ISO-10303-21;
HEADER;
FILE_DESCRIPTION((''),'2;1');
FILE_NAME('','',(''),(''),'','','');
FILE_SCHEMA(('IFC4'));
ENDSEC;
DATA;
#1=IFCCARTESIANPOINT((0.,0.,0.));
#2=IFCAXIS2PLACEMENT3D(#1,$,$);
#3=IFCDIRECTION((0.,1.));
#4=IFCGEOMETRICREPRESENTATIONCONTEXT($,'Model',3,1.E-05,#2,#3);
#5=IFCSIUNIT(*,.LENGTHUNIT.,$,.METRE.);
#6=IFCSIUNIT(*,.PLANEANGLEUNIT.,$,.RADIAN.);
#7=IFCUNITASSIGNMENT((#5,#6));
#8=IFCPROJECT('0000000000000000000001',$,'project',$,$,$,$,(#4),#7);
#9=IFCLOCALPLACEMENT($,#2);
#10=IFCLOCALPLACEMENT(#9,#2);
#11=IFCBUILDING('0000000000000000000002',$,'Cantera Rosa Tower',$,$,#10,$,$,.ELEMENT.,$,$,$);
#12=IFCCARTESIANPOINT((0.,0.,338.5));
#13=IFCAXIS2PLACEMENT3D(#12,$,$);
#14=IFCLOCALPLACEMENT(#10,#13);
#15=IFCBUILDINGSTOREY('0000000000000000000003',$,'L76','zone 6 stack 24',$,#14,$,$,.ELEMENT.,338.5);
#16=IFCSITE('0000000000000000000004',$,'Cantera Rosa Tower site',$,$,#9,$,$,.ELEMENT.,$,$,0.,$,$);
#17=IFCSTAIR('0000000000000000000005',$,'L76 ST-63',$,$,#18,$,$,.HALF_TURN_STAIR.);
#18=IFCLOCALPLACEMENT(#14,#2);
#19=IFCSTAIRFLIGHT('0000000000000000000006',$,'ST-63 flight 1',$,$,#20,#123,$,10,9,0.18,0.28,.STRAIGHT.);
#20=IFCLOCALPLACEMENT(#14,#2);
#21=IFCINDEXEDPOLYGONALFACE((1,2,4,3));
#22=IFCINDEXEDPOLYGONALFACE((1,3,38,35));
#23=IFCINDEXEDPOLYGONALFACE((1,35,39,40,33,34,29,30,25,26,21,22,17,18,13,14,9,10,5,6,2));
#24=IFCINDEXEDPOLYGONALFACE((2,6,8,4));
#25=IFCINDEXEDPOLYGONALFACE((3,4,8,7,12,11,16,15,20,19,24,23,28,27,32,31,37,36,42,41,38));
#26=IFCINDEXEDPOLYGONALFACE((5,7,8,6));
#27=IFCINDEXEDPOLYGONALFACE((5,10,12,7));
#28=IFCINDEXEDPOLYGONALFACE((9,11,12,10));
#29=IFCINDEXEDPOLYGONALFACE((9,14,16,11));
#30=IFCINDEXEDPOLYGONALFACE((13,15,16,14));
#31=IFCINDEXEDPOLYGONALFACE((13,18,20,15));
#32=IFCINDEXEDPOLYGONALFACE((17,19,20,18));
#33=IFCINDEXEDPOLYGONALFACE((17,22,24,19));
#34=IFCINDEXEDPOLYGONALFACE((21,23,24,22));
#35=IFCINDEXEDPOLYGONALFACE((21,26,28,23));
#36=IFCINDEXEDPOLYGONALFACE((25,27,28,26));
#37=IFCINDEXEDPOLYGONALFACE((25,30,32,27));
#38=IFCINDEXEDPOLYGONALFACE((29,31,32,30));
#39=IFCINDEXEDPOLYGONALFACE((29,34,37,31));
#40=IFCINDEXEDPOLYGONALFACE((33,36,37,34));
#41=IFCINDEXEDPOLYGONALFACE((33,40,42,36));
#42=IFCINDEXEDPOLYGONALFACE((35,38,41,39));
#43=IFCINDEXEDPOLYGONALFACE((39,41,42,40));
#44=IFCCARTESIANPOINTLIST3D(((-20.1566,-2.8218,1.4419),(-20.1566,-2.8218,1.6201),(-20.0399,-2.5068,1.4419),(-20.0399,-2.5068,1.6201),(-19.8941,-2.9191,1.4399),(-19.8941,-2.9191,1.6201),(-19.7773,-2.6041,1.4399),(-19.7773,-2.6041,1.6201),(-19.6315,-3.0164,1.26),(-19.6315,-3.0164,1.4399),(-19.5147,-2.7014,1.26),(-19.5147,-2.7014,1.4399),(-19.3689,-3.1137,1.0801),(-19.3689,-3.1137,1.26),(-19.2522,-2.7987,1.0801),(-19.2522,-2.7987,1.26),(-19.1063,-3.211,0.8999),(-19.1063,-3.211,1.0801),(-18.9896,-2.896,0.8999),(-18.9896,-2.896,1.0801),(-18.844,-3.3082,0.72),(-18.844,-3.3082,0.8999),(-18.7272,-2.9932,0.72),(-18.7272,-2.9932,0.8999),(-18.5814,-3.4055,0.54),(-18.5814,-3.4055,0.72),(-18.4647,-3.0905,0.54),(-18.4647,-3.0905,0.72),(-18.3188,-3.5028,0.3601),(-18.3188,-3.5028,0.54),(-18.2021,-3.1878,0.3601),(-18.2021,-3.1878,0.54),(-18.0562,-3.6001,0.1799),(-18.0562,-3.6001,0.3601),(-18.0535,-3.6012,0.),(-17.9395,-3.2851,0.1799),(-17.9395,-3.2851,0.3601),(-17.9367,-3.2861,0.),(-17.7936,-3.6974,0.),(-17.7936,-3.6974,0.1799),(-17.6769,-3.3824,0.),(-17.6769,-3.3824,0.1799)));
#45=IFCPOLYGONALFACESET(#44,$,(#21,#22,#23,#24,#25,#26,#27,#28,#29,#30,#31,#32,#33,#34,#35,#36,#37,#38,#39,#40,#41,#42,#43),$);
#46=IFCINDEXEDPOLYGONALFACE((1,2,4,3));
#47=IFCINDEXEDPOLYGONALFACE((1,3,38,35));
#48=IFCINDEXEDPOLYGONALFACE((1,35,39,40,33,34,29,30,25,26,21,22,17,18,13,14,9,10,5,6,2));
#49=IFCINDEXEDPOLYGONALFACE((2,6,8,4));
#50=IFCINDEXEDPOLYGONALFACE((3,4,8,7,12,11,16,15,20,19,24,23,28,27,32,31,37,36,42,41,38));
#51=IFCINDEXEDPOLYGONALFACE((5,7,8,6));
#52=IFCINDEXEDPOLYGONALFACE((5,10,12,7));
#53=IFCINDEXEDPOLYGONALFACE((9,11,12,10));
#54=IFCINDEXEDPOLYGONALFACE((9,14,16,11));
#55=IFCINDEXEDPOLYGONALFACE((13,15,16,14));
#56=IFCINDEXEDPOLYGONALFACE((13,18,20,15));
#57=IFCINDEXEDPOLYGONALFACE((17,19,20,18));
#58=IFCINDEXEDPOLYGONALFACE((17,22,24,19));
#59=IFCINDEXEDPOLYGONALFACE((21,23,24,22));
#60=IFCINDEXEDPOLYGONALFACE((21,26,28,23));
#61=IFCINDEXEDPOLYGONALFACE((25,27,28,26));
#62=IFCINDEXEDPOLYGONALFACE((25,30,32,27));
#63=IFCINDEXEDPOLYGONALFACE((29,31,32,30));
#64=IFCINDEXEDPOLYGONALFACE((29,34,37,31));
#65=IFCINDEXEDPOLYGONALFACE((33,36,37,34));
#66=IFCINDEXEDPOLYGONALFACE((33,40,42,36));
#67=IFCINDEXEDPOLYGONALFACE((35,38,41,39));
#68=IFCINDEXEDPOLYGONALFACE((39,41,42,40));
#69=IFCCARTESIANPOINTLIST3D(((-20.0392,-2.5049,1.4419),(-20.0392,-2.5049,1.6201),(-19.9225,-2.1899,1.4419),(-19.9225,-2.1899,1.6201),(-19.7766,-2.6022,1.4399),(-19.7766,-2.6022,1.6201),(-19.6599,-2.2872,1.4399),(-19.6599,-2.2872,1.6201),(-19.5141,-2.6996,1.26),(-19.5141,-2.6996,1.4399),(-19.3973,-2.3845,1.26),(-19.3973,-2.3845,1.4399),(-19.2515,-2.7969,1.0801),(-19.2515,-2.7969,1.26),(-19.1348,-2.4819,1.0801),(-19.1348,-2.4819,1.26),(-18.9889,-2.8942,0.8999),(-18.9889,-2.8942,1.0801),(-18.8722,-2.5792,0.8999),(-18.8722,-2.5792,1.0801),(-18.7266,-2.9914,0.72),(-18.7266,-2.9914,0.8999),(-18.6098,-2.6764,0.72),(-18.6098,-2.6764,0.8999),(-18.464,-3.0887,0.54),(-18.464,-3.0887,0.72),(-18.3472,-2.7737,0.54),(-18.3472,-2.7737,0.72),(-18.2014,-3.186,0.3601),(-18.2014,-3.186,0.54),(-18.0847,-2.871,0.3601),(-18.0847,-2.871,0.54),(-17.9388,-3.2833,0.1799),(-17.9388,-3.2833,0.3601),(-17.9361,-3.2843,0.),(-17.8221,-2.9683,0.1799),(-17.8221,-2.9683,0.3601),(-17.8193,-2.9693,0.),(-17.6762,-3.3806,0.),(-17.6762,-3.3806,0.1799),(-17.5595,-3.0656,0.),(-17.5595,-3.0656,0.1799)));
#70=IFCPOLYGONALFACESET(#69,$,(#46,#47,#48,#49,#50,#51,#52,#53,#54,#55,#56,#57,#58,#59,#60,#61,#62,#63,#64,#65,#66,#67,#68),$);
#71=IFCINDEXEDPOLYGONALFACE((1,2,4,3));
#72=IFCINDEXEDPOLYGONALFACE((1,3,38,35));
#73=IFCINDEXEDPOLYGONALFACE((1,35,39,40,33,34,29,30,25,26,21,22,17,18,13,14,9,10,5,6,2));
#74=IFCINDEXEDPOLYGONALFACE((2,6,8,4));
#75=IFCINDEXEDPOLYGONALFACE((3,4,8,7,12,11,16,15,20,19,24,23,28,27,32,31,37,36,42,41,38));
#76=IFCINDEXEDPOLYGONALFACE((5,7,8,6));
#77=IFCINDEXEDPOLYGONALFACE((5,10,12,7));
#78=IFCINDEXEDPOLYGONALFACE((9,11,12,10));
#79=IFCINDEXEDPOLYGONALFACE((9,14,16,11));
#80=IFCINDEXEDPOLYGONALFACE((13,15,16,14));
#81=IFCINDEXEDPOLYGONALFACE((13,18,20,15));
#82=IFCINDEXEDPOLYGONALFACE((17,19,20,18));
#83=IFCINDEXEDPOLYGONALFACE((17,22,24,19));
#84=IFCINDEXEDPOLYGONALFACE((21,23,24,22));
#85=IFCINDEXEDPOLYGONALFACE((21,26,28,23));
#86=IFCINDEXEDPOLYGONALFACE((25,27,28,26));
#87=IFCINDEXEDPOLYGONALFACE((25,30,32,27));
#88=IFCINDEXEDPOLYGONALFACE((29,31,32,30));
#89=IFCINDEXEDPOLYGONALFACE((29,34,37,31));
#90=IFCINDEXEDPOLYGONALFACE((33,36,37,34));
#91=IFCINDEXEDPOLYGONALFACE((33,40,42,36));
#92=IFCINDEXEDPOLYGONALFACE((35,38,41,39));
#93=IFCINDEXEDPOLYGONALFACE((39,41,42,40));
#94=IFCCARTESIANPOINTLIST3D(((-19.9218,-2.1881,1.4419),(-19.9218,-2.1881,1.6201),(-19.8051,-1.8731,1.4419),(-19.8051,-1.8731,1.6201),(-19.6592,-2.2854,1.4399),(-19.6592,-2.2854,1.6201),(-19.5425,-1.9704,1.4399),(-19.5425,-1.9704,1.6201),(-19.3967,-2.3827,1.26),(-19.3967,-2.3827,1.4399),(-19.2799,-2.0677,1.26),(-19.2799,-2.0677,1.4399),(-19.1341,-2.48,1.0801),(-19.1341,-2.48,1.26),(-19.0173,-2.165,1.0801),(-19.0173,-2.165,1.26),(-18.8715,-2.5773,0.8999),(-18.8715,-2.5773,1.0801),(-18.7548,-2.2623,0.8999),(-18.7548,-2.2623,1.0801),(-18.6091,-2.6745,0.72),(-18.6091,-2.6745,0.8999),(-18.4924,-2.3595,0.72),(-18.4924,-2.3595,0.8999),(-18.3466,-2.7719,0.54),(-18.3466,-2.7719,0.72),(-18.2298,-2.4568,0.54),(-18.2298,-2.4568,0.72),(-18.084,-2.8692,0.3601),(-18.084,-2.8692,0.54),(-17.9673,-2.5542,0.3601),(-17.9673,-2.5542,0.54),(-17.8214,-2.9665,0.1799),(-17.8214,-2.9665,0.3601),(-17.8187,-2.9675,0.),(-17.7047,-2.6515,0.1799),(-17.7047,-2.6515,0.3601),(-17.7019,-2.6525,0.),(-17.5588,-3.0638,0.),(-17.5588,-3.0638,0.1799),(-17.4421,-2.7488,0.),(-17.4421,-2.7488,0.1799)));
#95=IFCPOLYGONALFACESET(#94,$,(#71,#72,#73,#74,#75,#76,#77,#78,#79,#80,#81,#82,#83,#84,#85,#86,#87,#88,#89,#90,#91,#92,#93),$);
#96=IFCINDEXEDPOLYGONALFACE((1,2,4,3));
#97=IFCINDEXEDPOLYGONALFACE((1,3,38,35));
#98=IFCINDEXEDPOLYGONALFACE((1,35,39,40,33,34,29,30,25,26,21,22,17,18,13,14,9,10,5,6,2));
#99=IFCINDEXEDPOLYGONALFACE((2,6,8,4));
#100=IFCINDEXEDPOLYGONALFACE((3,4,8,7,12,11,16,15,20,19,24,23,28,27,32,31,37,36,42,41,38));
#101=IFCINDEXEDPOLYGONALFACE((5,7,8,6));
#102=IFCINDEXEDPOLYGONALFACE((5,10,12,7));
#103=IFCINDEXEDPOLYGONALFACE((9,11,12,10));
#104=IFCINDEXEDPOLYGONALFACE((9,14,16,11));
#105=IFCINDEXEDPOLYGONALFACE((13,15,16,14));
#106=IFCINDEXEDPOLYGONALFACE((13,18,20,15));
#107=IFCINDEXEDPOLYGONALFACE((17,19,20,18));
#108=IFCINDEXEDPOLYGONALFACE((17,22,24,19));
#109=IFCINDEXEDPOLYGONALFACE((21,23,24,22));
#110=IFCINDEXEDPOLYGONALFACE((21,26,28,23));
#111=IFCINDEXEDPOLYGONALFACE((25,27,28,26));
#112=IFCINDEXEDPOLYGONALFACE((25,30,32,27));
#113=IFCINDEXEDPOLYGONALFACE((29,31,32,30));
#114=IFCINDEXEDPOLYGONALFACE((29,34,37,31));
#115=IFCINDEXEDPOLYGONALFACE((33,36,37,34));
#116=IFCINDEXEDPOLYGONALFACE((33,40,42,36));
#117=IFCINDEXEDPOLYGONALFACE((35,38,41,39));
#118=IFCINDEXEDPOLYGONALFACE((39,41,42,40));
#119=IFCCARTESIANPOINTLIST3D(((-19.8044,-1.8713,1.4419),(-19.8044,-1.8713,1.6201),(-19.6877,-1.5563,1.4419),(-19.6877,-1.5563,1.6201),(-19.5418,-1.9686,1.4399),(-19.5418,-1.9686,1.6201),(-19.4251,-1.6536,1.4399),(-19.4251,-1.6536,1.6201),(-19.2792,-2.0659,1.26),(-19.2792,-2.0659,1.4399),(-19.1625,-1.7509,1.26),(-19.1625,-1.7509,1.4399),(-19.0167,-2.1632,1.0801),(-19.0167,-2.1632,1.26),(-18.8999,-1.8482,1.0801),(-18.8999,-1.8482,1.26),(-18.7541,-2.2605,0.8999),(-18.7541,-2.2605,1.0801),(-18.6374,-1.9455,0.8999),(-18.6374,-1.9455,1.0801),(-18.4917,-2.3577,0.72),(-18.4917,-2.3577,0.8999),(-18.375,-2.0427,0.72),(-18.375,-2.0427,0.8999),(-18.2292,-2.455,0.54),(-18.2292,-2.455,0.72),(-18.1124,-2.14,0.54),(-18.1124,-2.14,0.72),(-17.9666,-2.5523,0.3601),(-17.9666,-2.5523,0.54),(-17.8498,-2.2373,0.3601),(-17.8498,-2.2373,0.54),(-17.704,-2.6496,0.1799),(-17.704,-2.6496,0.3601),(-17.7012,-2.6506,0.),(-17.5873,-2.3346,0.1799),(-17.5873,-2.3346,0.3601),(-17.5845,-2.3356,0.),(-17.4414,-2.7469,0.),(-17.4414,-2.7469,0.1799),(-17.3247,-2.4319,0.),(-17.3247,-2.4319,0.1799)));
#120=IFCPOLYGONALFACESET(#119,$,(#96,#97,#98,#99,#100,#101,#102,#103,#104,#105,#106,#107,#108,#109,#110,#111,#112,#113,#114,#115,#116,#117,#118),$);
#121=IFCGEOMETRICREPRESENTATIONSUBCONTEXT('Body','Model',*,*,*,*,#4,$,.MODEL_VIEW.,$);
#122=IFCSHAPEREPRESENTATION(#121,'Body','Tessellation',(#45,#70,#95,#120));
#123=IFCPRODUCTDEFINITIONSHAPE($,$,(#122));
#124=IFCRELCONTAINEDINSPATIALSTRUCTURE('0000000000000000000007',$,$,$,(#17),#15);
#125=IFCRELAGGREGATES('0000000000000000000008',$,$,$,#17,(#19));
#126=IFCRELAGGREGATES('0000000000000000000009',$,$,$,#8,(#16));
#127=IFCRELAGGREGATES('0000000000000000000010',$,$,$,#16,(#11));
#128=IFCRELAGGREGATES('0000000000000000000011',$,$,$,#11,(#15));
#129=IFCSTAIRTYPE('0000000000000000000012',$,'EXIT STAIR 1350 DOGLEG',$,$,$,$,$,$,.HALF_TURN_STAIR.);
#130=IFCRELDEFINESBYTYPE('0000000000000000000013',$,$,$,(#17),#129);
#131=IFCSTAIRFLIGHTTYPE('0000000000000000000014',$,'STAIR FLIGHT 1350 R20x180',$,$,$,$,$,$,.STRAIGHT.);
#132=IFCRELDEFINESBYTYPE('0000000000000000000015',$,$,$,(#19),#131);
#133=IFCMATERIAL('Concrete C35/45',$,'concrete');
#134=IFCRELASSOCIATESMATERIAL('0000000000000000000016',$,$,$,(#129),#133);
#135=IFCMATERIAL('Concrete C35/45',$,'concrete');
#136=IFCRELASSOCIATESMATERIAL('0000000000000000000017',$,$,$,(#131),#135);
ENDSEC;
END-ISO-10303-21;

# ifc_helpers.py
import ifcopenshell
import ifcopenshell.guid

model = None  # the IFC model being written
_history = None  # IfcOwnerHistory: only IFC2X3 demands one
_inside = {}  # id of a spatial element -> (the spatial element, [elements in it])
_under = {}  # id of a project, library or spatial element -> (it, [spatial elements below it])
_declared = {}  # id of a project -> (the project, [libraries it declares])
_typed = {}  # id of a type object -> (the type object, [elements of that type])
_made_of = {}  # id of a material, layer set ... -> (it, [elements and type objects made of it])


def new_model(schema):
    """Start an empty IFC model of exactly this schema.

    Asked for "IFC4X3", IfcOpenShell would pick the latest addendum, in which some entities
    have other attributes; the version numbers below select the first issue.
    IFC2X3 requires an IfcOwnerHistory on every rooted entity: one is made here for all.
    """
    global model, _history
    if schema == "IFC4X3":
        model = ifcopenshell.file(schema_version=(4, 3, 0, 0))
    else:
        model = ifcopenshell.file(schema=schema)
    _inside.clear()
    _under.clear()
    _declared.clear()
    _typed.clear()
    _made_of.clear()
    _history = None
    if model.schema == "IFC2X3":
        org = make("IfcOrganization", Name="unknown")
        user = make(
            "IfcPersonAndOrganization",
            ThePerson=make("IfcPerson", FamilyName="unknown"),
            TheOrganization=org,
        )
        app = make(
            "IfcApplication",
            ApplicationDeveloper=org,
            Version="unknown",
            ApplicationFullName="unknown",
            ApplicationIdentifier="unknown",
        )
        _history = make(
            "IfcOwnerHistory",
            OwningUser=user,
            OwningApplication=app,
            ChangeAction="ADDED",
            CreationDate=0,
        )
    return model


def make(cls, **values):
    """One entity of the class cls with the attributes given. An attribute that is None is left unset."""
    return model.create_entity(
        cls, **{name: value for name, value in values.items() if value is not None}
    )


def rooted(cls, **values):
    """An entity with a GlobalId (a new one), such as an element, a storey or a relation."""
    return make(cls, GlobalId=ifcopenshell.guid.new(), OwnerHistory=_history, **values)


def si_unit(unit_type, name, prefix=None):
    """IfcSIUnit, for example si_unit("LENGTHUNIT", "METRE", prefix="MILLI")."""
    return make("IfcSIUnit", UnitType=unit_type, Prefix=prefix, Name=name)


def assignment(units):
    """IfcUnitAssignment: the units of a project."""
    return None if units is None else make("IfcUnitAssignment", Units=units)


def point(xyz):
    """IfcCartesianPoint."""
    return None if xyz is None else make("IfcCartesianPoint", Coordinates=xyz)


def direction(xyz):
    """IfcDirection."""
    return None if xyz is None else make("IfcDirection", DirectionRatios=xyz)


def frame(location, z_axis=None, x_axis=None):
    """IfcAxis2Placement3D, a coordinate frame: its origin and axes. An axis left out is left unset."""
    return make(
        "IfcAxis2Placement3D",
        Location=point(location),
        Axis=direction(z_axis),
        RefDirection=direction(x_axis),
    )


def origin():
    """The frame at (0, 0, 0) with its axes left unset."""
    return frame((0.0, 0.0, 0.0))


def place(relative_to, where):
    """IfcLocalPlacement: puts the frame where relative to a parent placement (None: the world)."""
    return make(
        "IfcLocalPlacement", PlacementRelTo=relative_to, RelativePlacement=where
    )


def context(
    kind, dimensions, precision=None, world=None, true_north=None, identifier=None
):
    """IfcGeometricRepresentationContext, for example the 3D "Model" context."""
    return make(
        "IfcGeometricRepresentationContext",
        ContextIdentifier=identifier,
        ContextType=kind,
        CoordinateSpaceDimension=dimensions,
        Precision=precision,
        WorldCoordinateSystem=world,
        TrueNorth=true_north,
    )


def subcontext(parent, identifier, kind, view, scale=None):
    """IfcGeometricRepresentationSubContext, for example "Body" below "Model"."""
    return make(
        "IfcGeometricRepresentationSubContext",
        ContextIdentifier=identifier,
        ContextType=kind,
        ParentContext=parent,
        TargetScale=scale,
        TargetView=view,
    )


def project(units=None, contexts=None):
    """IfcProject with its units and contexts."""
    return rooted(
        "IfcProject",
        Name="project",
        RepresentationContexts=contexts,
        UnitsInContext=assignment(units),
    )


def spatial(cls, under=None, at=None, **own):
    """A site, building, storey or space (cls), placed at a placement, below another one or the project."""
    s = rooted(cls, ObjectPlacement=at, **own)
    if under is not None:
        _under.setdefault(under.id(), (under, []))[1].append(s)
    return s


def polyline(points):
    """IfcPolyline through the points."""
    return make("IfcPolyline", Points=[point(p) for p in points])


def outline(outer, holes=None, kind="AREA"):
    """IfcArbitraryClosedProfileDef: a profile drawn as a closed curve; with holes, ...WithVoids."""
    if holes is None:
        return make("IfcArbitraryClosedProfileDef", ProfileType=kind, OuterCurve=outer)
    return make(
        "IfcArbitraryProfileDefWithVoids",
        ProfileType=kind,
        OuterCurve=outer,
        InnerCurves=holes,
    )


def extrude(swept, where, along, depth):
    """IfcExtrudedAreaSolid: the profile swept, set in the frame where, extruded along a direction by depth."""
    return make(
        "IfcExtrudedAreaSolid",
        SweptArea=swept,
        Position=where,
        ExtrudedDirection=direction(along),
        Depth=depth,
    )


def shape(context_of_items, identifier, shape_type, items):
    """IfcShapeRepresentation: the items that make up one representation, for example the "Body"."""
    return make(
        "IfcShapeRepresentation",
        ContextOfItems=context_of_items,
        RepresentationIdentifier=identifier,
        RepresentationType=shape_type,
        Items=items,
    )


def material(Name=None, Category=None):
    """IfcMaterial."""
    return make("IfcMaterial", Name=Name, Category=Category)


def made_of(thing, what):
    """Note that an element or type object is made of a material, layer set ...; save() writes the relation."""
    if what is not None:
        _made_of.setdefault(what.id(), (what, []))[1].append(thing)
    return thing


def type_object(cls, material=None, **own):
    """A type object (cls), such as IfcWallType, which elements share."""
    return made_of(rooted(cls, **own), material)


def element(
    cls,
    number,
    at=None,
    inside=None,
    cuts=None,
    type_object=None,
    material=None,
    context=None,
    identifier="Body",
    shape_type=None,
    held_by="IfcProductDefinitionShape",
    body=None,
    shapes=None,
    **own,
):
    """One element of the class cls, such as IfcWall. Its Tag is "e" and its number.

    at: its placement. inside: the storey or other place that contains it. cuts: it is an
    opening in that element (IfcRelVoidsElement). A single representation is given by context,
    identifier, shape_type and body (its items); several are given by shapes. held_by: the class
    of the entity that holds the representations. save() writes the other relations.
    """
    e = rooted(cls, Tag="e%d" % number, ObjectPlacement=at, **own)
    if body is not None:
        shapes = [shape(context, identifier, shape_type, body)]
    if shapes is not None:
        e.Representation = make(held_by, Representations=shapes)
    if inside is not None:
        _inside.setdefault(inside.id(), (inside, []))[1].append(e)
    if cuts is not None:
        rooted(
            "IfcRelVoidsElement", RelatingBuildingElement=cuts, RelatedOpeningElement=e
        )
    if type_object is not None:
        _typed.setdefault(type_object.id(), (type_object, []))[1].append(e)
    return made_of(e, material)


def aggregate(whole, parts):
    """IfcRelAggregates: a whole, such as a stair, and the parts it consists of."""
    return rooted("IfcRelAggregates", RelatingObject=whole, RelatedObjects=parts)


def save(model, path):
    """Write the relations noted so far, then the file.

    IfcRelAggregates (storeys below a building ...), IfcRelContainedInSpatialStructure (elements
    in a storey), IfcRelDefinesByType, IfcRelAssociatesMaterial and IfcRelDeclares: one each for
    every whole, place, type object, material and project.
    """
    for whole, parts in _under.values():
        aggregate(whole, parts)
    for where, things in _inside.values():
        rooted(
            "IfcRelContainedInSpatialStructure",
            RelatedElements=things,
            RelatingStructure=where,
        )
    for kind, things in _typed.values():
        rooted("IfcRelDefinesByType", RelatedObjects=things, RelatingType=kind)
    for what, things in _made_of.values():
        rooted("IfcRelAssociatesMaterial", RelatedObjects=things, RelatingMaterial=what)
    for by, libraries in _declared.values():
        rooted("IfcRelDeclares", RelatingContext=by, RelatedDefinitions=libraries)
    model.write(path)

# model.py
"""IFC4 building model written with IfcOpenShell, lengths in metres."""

from ifc_helpers import new_model, si_unit, direction, frame, origin, place, context, subcontext, project, spatial, polyline, outline, extrude, material, type_object, element, aggregate, save


model = new_model("IFC4")

# Units and contexts
model_context = context("Model", 3, precision=1e-05, world=origin(), true_north=direction((0.0, 1.0)))
body_context = subcontext(model_context, "Body", "Model", "MODEL_VIEW")
ifc_project = project(units=[si_unit("LENGTHUNIT", "METRE"), si_unit("PLANEANGLEUNIT", "RADIAN")], contexts=[model_context])

# Site, building, storey
site_placement = place(None, origin())
site = spatial("IfcSite", under=ifc_project, at=site_placement, Name="Cantera Rosa Tower site", CompositionType="ELEMENT", RefElevation=0.0)
building_placement = place(site_placement, origin())
building = spatial("IfcBuilding", under=site, at=building_placement, Name="Cantera Rosa Tower", CompositionType="ELEMENT")
storey_placement = place(building_placement, frame((0.0, 0.0, 338.5)))
storey = spatial("IfcBuildingStorey", under=building, at=storey_placement, Name="L76", Description="zone 6 stack 24", CompositionType="ELEMENT", Elevation=338.5)

# Stair, stair flight
ifc_material_1 = material(Name="Concrete C35/45", Category="concrete")
stair_type = type_object("IfcStairType", Name="EXIT STAIR 1350 DOGLEG", PredefinedType="HALF_TURN_STAIR", material=ifc_material_1)
stair_placement = place(storey_placement, origin())
stair = element("IfcStair", 1, at=stair_placement, inside=storey, type_object=stair_type, Name="L76 ST-63", PredefinedType="HALF_TURN_STAIR")
ifc_material_2 = material(Name="Concrete C35/45", Category="concrete")
stair_flight_type = type_object("IfcStairFlightType", Name="STAIR FLIGHT 1350 R20x180", PredefinedType="STRAIGHT", material=ifc_material_2)
stair_flight_1_placement = place(storey_placement, frame((-17.5591, -3.0645, 0.0), z_axis=(0.0, 0.0, 1.0), x_axis=(-0.937687, 0.347481, 0.0)))
stair_flight_1 = element("IfcStairFlight", 2, at=stair_flight_1_placement, type_object=stair_flight_type, Name="ST-63 flight 1", NumberOfRisers=10, NumberOfTreads=9, PredefinedType="STRAIGHT", RiserHeight=0.18, TreadLength=0.28, context=body_context, shape_type="SweptSolid", body=[
    extrude(outline(polyline([(0.0, 0.0), (0.0, 0.1799), (0.28, 0.1799), (0.28, 0.3601), (0.5601, 0.3601), (0.5601, 0.54), (0.8401, 0.54), (0.8401, 0.72), (1.1201, 0.72), (1.1201, 0.8999), (1.3999, 0.8999), (1.3999, 1.0801), (1.6799, 1.0801), (1.6799, 1.26), (1.96, 1.26), (1.96, 1.4399), (2.24, 1.4399), (2.24, 1.6201), (2.52, 1.6201), (2.52, 1.8), (2.52, 1.4419), (0.2771, 0.0), (0.0, 0.0)])), frame((0.0, 0.675, 0.0), z_axis=(0.0, -1.0, 0.0), x_axis=(1.0, 0.0, 0.0)), (0.0, 0.0, 1.0), 0.3359),
    extrude(outline(polyline([(0.0, 0.0), (0.0, 0.1799), (0.28, 0.1799), (0.28, 0.3601), (0.5601, 0.3601), (0.5601, 0.54), (0.8401, 0.54), (0.8401, 0.72), (1.1201, 0.72), (1.1201, 0.8999), (1.3999, 0.8999), (1.3999, 1.0801), (1.6799, 1.0801), (1.6799, 1.26), (1.96, 1.26), (1.96, 1.4399), (2.24, 1.4399), (2.24, 1.6201), (2.52, 1.6201), (2.52, 1.8), (2.52, 1.4419), (0.2771, 0.0), (0.0, 0.0)])), frame((0.0, 0.3372, 0.0), z_axis=(0.0, -1.0, 0.0), x_axis=(1.0, 0.0, 0.0)), (0.0, 0.0, 1.0), 0.3359),
    extrude(outline(polyline([(0.0, 0.0), (0.0, 0.1799), (0.28, 0.1799), (0.28, 0.3601), (0.5601, 0.3601), (0.5601, 0.54), (0.8401, 0.54), (0.8401, 0.72), (1.1201, 0.72), (1.1201, 0.8999), (1.3999, 0.8999), (1.3999, 1.0801), (1.6799, 1.0801), (1.6799, 1.26), (1.96, 1.26), (1.96, 1.4399), (2.24, 1.4399), (2.24, 1.6201), (2.52, 1.6201), (2.52, 1.8), (2.52, 1.4419), (0.2771, 0.0), (0.0, 0.0)])), frame((0.0, -0.0007, 0.0), z_axis=(0.0, -1.0, 0.0), x_axis=(1.0, 0.0, 0.0)), (0.0, 0.0, 1.0), 0.3359),
    extrude(outline(polyline([(0.0, 0.0), (0.0, 0.1799), (0.28, 0.1799), (0.28, 0.3601), (0.5601, 0.3601), (0.5601, 0.54), (0.8401, 0.54), (0.8401, 0.72), (1.1201, 0.72), (1.1201, 0.8999), (1.3999, 0.8999), (1.3999, 1.0801), (1.6799, 1.0801), (1.6799, 1.26), (1.96, 1.26), (1.96, 1.4399), (2.24, 1.4399), (2.24, 1.6201), (2.52, 1.6201), (2.52, 1.8), (2.52, 1.4419), (0.2771, 0.0), (0.0, 0.0)])), frame((0.0, -0.3386, 0.0), z_axis=(0.0, -1.0, 0.0), x_axis=(1.0, 0.0, 0.0)), (0.0, 0.0, 1.0), 0.3359),
])
aggregate(stair, [stair_flight_1])

save(model, "model.ifc")
